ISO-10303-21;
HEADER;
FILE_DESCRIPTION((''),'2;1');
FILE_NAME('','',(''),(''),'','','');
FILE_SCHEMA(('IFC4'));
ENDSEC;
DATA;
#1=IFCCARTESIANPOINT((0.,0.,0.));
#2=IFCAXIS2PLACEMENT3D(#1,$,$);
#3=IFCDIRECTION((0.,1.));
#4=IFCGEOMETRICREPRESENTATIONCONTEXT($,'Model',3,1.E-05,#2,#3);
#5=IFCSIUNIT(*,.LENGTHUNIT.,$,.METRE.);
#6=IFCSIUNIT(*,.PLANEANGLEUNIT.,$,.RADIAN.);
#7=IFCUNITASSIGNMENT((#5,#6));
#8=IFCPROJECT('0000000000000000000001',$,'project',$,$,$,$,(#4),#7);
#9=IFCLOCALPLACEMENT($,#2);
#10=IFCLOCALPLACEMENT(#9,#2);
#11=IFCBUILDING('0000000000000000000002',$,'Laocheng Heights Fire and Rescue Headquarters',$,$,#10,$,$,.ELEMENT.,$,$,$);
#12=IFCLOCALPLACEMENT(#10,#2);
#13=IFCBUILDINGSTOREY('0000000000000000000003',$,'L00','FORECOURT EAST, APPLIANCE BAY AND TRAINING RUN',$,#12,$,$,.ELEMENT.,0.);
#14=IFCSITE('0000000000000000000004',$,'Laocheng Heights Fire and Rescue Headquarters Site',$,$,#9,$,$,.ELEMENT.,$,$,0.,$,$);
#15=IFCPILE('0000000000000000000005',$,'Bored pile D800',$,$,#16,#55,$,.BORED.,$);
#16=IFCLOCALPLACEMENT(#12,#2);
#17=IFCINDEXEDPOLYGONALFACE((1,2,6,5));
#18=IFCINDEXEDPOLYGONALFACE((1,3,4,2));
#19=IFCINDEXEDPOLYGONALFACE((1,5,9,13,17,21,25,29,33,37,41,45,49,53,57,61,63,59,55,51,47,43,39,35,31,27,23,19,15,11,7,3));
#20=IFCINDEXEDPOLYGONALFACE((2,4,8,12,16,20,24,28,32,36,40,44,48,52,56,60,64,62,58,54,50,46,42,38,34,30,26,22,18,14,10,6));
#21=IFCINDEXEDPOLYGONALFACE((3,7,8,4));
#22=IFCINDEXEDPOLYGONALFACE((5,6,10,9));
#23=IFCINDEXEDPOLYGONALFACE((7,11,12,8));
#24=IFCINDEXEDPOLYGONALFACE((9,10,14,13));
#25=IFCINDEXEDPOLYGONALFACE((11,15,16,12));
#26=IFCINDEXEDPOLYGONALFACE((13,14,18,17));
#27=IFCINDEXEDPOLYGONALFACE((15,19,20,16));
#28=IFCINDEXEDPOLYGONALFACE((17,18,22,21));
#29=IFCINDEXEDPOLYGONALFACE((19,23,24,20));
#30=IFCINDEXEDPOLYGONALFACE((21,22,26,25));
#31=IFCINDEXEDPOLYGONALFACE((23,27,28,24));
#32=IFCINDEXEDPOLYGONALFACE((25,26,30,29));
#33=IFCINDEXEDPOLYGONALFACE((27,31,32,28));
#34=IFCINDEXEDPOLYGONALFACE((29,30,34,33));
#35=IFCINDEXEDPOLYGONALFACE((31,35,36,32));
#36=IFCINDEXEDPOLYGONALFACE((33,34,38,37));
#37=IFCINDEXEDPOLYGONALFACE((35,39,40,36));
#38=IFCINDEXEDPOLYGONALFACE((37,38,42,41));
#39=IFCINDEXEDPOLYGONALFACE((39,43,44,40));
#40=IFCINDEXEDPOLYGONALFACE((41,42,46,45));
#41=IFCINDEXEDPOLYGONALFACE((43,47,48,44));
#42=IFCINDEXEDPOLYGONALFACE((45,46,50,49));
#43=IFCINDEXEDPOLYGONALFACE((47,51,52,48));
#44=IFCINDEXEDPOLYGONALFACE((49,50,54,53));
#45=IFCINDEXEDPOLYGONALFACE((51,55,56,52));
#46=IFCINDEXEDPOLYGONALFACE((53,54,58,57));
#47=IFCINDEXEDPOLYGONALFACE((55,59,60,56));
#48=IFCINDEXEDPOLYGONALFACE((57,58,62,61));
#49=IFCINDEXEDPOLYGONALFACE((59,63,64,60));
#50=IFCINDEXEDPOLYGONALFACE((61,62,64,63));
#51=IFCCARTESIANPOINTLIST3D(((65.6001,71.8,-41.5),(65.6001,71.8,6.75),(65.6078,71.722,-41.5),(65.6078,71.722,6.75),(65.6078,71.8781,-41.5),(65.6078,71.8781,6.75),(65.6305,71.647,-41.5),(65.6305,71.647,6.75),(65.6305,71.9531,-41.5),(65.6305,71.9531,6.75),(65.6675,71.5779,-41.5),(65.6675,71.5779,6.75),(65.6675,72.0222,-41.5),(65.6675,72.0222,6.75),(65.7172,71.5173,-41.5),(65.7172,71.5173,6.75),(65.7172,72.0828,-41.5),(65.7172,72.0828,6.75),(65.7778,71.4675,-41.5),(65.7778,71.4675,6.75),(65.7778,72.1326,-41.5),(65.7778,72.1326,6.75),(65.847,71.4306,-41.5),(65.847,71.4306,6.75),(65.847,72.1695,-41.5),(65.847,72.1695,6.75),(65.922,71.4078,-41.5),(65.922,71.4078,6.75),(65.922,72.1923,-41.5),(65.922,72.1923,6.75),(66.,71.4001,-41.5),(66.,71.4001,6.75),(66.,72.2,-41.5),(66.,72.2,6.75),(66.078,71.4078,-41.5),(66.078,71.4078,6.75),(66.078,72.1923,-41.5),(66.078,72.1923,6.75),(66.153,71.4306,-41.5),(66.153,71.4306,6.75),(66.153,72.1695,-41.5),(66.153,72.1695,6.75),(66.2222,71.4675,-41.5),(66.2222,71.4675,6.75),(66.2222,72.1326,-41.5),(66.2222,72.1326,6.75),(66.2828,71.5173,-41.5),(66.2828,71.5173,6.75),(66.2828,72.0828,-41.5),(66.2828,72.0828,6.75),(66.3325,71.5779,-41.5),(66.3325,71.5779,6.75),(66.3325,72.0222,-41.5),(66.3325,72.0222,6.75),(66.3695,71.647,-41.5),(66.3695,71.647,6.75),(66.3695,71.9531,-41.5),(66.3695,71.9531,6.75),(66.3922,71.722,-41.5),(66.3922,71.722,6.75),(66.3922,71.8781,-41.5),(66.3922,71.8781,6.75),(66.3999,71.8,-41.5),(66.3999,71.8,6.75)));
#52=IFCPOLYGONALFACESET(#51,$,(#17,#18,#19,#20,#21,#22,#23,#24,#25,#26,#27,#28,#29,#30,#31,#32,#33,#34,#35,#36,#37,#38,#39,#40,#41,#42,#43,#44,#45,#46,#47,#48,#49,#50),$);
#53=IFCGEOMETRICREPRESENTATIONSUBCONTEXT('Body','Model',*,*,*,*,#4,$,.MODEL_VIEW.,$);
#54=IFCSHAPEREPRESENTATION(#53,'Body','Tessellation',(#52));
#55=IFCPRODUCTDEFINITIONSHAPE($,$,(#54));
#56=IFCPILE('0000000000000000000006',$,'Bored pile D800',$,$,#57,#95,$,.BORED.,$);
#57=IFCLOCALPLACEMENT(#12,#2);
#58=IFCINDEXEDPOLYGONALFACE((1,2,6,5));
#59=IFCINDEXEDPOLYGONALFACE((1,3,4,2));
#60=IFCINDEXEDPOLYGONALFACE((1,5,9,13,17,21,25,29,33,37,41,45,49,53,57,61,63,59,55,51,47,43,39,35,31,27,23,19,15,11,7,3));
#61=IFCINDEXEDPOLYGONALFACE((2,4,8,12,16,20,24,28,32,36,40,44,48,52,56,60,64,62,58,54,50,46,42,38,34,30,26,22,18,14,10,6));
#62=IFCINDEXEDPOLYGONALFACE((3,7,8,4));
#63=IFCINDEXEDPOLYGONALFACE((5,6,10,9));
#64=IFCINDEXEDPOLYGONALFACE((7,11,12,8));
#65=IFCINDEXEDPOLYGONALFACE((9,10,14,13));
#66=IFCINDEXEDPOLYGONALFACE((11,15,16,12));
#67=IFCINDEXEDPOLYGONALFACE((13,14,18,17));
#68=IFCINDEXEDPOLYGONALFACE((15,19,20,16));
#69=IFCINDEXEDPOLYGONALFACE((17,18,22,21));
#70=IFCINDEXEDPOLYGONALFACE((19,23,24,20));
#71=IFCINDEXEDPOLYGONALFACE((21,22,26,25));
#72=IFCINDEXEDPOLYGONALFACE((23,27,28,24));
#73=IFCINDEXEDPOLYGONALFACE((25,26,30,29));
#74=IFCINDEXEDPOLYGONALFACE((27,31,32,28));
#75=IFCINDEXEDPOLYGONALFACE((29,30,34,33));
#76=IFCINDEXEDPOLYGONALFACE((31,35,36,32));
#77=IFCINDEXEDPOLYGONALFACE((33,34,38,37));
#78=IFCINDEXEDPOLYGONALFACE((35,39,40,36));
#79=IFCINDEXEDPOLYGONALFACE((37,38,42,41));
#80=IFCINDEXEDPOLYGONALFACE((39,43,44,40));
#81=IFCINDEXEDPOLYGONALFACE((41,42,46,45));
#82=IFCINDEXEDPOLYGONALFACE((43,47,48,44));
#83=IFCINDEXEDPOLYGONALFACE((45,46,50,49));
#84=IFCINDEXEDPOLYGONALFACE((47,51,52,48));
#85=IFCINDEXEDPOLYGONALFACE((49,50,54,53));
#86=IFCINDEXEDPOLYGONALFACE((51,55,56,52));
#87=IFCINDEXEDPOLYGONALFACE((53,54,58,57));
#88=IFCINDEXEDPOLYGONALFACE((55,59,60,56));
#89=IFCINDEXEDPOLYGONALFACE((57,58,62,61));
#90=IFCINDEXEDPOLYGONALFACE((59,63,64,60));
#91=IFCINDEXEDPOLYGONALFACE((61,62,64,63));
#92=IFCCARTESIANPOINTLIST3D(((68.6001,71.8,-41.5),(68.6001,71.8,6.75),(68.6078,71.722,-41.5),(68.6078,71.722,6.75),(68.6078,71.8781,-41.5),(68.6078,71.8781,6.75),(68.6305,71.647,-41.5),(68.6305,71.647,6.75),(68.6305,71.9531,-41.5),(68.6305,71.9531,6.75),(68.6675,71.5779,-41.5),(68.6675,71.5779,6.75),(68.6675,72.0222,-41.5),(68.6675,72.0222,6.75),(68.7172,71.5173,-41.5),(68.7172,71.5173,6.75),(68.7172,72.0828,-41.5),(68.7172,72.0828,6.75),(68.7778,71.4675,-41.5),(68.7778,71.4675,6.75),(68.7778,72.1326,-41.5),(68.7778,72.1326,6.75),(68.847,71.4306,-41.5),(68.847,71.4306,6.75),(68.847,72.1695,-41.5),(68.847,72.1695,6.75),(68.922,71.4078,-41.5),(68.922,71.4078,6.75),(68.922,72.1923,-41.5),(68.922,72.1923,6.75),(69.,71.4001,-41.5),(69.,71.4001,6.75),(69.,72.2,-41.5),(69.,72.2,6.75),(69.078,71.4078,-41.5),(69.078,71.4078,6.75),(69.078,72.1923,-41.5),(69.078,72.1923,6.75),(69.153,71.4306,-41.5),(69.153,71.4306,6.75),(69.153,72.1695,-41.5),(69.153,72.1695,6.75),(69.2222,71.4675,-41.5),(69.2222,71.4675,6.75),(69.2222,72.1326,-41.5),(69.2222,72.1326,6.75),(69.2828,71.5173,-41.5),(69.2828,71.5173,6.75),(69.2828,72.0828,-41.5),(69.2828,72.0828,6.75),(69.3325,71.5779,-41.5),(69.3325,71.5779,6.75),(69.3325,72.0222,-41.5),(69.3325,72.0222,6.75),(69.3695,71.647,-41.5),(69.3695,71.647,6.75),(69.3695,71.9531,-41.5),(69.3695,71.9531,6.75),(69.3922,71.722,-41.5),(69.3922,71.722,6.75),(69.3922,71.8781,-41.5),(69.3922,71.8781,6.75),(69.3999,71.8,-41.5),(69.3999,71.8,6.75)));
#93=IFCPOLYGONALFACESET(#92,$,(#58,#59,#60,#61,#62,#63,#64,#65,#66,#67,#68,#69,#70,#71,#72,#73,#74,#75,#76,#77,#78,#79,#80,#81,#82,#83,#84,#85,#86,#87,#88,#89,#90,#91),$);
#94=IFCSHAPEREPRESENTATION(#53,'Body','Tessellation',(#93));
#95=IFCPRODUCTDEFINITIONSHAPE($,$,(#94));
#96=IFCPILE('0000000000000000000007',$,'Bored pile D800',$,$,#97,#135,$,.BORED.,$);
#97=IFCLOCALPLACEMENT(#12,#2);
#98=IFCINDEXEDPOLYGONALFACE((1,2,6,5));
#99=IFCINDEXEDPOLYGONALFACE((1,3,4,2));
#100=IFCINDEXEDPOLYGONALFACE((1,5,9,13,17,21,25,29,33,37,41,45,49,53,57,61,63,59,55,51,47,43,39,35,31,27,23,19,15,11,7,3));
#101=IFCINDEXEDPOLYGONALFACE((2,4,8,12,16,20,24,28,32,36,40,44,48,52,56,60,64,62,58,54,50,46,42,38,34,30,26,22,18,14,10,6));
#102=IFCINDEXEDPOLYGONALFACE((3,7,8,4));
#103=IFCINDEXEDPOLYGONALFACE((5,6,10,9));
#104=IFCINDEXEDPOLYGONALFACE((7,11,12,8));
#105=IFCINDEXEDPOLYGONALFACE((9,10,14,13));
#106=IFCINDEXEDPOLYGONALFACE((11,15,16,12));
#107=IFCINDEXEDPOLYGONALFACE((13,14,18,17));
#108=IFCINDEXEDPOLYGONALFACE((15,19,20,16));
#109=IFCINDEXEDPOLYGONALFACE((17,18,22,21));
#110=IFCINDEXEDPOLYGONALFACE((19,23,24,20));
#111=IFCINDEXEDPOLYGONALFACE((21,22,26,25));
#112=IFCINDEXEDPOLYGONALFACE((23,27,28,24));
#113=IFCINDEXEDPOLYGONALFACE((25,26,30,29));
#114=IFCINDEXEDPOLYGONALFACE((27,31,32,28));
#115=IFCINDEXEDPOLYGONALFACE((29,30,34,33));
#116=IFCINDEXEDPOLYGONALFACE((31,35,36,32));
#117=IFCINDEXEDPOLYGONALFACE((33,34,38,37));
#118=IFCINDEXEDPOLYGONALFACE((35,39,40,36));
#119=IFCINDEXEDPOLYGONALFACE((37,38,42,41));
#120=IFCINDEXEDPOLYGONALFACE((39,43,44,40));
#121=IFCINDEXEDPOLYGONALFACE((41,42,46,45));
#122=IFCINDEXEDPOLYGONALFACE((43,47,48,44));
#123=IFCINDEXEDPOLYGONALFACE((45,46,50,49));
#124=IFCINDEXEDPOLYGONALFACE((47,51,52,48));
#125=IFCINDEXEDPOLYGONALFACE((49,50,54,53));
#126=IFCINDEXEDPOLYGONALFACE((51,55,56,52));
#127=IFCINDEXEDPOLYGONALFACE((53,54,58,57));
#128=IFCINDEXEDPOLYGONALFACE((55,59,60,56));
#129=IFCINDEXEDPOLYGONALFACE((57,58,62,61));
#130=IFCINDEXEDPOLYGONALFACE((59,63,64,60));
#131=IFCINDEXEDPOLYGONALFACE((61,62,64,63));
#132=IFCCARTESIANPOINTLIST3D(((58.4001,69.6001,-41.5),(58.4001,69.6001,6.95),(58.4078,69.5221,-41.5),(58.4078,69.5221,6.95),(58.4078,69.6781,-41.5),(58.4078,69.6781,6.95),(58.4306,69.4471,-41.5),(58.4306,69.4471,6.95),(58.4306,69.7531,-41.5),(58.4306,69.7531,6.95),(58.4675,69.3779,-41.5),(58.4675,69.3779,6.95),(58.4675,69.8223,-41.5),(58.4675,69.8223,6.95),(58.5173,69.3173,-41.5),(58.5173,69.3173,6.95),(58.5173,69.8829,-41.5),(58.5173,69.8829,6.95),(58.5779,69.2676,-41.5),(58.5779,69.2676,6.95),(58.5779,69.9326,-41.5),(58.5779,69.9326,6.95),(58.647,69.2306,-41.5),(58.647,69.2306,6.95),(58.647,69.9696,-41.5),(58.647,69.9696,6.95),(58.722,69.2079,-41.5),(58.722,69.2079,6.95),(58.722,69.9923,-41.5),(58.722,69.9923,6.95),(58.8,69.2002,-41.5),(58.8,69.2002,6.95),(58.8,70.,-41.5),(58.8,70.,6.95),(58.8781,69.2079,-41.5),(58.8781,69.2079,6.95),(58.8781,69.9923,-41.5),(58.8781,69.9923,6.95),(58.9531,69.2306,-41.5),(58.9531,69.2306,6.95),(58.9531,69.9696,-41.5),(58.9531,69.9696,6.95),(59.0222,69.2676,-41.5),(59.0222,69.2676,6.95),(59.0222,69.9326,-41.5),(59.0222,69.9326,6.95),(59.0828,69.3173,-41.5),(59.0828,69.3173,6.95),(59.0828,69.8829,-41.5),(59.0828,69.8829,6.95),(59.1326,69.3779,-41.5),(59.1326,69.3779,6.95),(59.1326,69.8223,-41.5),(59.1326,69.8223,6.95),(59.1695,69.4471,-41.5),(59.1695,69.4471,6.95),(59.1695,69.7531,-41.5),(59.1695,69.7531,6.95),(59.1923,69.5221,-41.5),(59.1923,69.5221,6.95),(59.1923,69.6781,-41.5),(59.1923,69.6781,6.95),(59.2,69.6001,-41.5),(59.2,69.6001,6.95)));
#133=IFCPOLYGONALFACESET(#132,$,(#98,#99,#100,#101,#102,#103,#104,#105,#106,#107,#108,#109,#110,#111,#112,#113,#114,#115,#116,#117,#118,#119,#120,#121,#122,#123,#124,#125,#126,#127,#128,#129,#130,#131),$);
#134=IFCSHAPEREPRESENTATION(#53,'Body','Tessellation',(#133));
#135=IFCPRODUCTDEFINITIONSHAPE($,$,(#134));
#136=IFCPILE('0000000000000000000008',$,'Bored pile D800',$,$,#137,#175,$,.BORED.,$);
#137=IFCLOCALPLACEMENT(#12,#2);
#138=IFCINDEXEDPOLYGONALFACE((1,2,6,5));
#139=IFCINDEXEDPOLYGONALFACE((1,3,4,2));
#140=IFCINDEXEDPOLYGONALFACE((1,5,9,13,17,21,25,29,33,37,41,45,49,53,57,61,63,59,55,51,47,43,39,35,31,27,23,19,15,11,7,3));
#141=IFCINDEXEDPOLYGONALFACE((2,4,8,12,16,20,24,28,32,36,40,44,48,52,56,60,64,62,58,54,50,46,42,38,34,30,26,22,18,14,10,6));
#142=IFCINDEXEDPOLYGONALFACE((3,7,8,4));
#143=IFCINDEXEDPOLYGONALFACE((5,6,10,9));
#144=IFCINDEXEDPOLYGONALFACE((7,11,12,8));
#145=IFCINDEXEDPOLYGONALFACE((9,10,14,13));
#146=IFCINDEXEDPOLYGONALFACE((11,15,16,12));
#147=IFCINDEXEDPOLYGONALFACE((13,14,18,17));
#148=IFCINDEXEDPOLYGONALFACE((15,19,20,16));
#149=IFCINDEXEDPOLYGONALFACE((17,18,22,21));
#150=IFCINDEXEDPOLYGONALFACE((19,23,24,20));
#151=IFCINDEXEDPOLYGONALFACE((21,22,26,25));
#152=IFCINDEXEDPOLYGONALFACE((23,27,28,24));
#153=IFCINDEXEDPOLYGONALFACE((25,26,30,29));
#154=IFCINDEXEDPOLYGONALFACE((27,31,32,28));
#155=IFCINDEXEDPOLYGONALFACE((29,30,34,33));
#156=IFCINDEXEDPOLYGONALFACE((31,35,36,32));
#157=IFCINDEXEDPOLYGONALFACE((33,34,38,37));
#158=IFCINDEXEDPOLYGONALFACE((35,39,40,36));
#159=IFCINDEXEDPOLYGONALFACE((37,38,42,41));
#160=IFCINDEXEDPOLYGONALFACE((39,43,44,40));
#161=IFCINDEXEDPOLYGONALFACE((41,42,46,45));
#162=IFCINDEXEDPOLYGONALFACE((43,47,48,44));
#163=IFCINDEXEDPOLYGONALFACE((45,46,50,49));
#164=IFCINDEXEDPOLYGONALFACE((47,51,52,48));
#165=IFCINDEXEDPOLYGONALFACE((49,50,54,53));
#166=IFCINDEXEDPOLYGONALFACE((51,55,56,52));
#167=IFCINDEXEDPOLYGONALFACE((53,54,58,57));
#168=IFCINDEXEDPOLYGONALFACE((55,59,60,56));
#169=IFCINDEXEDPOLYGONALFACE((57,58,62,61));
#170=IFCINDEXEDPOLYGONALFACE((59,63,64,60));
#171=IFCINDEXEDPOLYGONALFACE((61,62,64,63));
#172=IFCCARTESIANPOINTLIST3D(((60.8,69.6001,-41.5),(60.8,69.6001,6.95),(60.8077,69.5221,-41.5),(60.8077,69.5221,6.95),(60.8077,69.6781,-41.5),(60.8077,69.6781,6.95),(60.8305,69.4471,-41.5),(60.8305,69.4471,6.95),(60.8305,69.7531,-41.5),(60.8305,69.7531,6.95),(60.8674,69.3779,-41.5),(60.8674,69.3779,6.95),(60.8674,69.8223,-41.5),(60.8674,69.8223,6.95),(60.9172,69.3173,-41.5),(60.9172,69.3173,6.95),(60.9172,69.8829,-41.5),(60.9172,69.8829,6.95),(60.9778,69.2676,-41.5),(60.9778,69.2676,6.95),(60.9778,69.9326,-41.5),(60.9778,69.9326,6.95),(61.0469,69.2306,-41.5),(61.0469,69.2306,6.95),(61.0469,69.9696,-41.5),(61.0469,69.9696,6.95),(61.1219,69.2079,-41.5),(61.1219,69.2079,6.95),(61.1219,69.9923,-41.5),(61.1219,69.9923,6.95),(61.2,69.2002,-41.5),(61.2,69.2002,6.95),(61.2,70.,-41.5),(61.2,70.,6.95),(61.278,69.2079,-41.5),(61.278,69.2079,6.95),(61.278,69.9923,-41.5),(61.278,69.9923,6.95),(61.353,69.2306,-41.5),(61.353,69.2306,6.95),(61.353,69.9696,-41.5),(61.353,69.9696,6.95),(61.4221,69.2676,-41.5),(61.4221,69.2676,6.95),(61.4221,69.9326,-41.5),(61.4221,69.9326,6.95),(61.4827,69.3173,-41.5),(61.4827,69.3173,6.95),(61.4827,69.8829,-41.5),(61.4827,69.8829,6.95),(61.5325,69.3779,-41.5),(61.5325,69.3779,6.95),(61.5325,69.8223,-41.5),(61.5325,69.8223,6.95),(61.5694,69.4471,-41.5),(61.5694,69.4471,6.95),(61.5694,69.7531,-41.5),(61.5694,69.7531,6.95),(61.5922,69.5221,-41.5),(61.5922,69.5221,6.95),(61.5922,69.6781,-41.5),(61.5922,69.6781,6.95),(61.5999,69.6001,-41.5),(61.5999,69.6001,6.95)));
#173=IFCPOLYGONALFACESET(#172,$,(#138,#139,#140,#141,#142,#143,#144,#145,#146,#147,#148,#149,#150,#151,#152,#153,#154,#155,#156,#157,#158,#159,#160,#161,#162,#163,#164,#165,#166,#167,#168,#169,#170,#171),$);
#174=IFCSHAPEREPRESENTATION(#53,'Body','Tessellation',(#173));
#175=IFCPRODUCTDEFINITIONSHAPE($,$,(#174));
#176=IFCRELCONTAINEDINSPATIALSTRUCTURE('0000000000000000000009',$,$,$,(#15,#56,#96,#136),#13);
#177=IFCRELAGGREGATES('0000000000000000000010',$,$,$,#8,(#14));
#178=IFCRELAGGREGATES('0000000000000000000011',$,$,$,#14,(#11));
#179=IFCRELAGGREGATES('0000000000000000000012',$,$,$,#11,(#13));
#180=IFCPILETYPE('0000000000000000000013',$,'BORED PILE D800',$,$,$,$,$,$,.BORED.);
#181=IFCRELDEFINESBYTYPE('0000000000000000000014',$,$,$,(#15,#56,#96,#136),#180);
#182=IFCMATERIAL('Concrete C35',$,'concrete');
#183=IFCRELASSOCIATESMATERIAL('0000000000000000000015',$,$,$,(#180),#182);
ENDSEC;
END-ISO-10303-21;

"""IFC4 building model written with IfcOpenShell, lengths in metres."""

from ifc_helpers import new_model, si_unit, direction, frame, origin, origin_2d, place, context, subcontext, project, spatial, circle, extrude, material, material_profile, profile_set, type_object, element, save


model = new_model("IFC4")

# Units and contexts
model_context = context("Model", 3, precision=1e-05, world=origin(), true_north=direction((0.0, 1.0)))
body_context = subcontext(model_context, "Body", "Model", "MODEL_VIEW")
ifc_project = project(units=[si_unit("LENGTHUNIT", "METRE"), si_unit("PLANEANGLEUNIT", "RADIAN")], contexts=[model_context])

# Site, building, storey
site_placement = place(None, origin())
site = spatial("IfcSite", under=ifc_project, at=site_placement, Name="Laocheng Heights Fire and Rescue Headquarters Site", CompositionType="ELEMENT", RefElevation=0.0)
building_placement = place(site_placement, origin())
building = spatial("IfcBuilding", under=site, at=building_placement, Name="Laocheng Heights Fire and Rescue Headquarters", CompositionType="ELEMENT")
storey_placement = place(building_placement, origin())
storey = spatial("IfcBuildingStorey", under=building, at=storey_placement, Name="L00", Description="FORECOURT EAST, APPLIANCE BAY AND TRAINING RUN", CompositionType="ELEMENT", Elevation=0.0)

# Piles
ifc_material_1 = material(Name="Concrete C35", Category="concrete")
ifc_material_profile_1 = material_profile(ifc_material_1, circle(Radius=0.3999, at=origin_2d()), Name="BORED PILE D800")
ifc_profile_set_1 = profile_set([ifc_material_profile_1], Name="Concrete C35")
pile_type_1 = type_object("IfcPileType", Name="BORED PILE D800", PredefinedType="BORED", material=ifc_profile_set_1)
for number, where, z_axis, x_axis, name in (
    (1, (66.0, 71.8, 6.75), (0.0, 0.0, -1.0), (1.0, 0.0, 0.0), "Bored pile D800"),
    (2, (69.0, 71.8, 6.75), (0.0, 0.0, -1.0), (1.0, 0.0, 0.0), "Bored pile D800"),
):
    element("IfcPile", number, at=place(storey_placement, frame(where, z_axis=z_axis, x_axis=x_axis)), inside=storey, type_object=pile_type_1, Name=name, PredefinedType="BORED", context=body_context, shape_type="SweptSolid", body=[
        extrude(circle(Radius=0.3999, at=origin_2d()), origin(), (0.0, 0.0, 1.0), 48.25),
    ])
for number, where, z_axis, x_axis, name in (
    (3, (58.8, 69.6001, 6.95), (0.0, 0.0, -1.0), (1.0, 0.0, 0.0), "Bored pile D800"),
    (4, (61.2, 69.6001, 6.95), (0.0, 0.0, -1.0), (1.0, 0.0, 0.0), "Bored pile D800"),
):
    element("IfcPile", number, at=place(storey_placement, frame(where, z_axis=z_axis, x_axis=x_axis)), inside=storey, type_object=pile_type_1, Name=name, PredefinedType="BORED", context=body_context, shape_type="SweptSolid", body=[
        extrude(circle(Radius=0.3999, at=origin_2d()), origin(), (0.0, 0.0, 1.0), 48.45),
    ])

save(model, "model.ifc")
